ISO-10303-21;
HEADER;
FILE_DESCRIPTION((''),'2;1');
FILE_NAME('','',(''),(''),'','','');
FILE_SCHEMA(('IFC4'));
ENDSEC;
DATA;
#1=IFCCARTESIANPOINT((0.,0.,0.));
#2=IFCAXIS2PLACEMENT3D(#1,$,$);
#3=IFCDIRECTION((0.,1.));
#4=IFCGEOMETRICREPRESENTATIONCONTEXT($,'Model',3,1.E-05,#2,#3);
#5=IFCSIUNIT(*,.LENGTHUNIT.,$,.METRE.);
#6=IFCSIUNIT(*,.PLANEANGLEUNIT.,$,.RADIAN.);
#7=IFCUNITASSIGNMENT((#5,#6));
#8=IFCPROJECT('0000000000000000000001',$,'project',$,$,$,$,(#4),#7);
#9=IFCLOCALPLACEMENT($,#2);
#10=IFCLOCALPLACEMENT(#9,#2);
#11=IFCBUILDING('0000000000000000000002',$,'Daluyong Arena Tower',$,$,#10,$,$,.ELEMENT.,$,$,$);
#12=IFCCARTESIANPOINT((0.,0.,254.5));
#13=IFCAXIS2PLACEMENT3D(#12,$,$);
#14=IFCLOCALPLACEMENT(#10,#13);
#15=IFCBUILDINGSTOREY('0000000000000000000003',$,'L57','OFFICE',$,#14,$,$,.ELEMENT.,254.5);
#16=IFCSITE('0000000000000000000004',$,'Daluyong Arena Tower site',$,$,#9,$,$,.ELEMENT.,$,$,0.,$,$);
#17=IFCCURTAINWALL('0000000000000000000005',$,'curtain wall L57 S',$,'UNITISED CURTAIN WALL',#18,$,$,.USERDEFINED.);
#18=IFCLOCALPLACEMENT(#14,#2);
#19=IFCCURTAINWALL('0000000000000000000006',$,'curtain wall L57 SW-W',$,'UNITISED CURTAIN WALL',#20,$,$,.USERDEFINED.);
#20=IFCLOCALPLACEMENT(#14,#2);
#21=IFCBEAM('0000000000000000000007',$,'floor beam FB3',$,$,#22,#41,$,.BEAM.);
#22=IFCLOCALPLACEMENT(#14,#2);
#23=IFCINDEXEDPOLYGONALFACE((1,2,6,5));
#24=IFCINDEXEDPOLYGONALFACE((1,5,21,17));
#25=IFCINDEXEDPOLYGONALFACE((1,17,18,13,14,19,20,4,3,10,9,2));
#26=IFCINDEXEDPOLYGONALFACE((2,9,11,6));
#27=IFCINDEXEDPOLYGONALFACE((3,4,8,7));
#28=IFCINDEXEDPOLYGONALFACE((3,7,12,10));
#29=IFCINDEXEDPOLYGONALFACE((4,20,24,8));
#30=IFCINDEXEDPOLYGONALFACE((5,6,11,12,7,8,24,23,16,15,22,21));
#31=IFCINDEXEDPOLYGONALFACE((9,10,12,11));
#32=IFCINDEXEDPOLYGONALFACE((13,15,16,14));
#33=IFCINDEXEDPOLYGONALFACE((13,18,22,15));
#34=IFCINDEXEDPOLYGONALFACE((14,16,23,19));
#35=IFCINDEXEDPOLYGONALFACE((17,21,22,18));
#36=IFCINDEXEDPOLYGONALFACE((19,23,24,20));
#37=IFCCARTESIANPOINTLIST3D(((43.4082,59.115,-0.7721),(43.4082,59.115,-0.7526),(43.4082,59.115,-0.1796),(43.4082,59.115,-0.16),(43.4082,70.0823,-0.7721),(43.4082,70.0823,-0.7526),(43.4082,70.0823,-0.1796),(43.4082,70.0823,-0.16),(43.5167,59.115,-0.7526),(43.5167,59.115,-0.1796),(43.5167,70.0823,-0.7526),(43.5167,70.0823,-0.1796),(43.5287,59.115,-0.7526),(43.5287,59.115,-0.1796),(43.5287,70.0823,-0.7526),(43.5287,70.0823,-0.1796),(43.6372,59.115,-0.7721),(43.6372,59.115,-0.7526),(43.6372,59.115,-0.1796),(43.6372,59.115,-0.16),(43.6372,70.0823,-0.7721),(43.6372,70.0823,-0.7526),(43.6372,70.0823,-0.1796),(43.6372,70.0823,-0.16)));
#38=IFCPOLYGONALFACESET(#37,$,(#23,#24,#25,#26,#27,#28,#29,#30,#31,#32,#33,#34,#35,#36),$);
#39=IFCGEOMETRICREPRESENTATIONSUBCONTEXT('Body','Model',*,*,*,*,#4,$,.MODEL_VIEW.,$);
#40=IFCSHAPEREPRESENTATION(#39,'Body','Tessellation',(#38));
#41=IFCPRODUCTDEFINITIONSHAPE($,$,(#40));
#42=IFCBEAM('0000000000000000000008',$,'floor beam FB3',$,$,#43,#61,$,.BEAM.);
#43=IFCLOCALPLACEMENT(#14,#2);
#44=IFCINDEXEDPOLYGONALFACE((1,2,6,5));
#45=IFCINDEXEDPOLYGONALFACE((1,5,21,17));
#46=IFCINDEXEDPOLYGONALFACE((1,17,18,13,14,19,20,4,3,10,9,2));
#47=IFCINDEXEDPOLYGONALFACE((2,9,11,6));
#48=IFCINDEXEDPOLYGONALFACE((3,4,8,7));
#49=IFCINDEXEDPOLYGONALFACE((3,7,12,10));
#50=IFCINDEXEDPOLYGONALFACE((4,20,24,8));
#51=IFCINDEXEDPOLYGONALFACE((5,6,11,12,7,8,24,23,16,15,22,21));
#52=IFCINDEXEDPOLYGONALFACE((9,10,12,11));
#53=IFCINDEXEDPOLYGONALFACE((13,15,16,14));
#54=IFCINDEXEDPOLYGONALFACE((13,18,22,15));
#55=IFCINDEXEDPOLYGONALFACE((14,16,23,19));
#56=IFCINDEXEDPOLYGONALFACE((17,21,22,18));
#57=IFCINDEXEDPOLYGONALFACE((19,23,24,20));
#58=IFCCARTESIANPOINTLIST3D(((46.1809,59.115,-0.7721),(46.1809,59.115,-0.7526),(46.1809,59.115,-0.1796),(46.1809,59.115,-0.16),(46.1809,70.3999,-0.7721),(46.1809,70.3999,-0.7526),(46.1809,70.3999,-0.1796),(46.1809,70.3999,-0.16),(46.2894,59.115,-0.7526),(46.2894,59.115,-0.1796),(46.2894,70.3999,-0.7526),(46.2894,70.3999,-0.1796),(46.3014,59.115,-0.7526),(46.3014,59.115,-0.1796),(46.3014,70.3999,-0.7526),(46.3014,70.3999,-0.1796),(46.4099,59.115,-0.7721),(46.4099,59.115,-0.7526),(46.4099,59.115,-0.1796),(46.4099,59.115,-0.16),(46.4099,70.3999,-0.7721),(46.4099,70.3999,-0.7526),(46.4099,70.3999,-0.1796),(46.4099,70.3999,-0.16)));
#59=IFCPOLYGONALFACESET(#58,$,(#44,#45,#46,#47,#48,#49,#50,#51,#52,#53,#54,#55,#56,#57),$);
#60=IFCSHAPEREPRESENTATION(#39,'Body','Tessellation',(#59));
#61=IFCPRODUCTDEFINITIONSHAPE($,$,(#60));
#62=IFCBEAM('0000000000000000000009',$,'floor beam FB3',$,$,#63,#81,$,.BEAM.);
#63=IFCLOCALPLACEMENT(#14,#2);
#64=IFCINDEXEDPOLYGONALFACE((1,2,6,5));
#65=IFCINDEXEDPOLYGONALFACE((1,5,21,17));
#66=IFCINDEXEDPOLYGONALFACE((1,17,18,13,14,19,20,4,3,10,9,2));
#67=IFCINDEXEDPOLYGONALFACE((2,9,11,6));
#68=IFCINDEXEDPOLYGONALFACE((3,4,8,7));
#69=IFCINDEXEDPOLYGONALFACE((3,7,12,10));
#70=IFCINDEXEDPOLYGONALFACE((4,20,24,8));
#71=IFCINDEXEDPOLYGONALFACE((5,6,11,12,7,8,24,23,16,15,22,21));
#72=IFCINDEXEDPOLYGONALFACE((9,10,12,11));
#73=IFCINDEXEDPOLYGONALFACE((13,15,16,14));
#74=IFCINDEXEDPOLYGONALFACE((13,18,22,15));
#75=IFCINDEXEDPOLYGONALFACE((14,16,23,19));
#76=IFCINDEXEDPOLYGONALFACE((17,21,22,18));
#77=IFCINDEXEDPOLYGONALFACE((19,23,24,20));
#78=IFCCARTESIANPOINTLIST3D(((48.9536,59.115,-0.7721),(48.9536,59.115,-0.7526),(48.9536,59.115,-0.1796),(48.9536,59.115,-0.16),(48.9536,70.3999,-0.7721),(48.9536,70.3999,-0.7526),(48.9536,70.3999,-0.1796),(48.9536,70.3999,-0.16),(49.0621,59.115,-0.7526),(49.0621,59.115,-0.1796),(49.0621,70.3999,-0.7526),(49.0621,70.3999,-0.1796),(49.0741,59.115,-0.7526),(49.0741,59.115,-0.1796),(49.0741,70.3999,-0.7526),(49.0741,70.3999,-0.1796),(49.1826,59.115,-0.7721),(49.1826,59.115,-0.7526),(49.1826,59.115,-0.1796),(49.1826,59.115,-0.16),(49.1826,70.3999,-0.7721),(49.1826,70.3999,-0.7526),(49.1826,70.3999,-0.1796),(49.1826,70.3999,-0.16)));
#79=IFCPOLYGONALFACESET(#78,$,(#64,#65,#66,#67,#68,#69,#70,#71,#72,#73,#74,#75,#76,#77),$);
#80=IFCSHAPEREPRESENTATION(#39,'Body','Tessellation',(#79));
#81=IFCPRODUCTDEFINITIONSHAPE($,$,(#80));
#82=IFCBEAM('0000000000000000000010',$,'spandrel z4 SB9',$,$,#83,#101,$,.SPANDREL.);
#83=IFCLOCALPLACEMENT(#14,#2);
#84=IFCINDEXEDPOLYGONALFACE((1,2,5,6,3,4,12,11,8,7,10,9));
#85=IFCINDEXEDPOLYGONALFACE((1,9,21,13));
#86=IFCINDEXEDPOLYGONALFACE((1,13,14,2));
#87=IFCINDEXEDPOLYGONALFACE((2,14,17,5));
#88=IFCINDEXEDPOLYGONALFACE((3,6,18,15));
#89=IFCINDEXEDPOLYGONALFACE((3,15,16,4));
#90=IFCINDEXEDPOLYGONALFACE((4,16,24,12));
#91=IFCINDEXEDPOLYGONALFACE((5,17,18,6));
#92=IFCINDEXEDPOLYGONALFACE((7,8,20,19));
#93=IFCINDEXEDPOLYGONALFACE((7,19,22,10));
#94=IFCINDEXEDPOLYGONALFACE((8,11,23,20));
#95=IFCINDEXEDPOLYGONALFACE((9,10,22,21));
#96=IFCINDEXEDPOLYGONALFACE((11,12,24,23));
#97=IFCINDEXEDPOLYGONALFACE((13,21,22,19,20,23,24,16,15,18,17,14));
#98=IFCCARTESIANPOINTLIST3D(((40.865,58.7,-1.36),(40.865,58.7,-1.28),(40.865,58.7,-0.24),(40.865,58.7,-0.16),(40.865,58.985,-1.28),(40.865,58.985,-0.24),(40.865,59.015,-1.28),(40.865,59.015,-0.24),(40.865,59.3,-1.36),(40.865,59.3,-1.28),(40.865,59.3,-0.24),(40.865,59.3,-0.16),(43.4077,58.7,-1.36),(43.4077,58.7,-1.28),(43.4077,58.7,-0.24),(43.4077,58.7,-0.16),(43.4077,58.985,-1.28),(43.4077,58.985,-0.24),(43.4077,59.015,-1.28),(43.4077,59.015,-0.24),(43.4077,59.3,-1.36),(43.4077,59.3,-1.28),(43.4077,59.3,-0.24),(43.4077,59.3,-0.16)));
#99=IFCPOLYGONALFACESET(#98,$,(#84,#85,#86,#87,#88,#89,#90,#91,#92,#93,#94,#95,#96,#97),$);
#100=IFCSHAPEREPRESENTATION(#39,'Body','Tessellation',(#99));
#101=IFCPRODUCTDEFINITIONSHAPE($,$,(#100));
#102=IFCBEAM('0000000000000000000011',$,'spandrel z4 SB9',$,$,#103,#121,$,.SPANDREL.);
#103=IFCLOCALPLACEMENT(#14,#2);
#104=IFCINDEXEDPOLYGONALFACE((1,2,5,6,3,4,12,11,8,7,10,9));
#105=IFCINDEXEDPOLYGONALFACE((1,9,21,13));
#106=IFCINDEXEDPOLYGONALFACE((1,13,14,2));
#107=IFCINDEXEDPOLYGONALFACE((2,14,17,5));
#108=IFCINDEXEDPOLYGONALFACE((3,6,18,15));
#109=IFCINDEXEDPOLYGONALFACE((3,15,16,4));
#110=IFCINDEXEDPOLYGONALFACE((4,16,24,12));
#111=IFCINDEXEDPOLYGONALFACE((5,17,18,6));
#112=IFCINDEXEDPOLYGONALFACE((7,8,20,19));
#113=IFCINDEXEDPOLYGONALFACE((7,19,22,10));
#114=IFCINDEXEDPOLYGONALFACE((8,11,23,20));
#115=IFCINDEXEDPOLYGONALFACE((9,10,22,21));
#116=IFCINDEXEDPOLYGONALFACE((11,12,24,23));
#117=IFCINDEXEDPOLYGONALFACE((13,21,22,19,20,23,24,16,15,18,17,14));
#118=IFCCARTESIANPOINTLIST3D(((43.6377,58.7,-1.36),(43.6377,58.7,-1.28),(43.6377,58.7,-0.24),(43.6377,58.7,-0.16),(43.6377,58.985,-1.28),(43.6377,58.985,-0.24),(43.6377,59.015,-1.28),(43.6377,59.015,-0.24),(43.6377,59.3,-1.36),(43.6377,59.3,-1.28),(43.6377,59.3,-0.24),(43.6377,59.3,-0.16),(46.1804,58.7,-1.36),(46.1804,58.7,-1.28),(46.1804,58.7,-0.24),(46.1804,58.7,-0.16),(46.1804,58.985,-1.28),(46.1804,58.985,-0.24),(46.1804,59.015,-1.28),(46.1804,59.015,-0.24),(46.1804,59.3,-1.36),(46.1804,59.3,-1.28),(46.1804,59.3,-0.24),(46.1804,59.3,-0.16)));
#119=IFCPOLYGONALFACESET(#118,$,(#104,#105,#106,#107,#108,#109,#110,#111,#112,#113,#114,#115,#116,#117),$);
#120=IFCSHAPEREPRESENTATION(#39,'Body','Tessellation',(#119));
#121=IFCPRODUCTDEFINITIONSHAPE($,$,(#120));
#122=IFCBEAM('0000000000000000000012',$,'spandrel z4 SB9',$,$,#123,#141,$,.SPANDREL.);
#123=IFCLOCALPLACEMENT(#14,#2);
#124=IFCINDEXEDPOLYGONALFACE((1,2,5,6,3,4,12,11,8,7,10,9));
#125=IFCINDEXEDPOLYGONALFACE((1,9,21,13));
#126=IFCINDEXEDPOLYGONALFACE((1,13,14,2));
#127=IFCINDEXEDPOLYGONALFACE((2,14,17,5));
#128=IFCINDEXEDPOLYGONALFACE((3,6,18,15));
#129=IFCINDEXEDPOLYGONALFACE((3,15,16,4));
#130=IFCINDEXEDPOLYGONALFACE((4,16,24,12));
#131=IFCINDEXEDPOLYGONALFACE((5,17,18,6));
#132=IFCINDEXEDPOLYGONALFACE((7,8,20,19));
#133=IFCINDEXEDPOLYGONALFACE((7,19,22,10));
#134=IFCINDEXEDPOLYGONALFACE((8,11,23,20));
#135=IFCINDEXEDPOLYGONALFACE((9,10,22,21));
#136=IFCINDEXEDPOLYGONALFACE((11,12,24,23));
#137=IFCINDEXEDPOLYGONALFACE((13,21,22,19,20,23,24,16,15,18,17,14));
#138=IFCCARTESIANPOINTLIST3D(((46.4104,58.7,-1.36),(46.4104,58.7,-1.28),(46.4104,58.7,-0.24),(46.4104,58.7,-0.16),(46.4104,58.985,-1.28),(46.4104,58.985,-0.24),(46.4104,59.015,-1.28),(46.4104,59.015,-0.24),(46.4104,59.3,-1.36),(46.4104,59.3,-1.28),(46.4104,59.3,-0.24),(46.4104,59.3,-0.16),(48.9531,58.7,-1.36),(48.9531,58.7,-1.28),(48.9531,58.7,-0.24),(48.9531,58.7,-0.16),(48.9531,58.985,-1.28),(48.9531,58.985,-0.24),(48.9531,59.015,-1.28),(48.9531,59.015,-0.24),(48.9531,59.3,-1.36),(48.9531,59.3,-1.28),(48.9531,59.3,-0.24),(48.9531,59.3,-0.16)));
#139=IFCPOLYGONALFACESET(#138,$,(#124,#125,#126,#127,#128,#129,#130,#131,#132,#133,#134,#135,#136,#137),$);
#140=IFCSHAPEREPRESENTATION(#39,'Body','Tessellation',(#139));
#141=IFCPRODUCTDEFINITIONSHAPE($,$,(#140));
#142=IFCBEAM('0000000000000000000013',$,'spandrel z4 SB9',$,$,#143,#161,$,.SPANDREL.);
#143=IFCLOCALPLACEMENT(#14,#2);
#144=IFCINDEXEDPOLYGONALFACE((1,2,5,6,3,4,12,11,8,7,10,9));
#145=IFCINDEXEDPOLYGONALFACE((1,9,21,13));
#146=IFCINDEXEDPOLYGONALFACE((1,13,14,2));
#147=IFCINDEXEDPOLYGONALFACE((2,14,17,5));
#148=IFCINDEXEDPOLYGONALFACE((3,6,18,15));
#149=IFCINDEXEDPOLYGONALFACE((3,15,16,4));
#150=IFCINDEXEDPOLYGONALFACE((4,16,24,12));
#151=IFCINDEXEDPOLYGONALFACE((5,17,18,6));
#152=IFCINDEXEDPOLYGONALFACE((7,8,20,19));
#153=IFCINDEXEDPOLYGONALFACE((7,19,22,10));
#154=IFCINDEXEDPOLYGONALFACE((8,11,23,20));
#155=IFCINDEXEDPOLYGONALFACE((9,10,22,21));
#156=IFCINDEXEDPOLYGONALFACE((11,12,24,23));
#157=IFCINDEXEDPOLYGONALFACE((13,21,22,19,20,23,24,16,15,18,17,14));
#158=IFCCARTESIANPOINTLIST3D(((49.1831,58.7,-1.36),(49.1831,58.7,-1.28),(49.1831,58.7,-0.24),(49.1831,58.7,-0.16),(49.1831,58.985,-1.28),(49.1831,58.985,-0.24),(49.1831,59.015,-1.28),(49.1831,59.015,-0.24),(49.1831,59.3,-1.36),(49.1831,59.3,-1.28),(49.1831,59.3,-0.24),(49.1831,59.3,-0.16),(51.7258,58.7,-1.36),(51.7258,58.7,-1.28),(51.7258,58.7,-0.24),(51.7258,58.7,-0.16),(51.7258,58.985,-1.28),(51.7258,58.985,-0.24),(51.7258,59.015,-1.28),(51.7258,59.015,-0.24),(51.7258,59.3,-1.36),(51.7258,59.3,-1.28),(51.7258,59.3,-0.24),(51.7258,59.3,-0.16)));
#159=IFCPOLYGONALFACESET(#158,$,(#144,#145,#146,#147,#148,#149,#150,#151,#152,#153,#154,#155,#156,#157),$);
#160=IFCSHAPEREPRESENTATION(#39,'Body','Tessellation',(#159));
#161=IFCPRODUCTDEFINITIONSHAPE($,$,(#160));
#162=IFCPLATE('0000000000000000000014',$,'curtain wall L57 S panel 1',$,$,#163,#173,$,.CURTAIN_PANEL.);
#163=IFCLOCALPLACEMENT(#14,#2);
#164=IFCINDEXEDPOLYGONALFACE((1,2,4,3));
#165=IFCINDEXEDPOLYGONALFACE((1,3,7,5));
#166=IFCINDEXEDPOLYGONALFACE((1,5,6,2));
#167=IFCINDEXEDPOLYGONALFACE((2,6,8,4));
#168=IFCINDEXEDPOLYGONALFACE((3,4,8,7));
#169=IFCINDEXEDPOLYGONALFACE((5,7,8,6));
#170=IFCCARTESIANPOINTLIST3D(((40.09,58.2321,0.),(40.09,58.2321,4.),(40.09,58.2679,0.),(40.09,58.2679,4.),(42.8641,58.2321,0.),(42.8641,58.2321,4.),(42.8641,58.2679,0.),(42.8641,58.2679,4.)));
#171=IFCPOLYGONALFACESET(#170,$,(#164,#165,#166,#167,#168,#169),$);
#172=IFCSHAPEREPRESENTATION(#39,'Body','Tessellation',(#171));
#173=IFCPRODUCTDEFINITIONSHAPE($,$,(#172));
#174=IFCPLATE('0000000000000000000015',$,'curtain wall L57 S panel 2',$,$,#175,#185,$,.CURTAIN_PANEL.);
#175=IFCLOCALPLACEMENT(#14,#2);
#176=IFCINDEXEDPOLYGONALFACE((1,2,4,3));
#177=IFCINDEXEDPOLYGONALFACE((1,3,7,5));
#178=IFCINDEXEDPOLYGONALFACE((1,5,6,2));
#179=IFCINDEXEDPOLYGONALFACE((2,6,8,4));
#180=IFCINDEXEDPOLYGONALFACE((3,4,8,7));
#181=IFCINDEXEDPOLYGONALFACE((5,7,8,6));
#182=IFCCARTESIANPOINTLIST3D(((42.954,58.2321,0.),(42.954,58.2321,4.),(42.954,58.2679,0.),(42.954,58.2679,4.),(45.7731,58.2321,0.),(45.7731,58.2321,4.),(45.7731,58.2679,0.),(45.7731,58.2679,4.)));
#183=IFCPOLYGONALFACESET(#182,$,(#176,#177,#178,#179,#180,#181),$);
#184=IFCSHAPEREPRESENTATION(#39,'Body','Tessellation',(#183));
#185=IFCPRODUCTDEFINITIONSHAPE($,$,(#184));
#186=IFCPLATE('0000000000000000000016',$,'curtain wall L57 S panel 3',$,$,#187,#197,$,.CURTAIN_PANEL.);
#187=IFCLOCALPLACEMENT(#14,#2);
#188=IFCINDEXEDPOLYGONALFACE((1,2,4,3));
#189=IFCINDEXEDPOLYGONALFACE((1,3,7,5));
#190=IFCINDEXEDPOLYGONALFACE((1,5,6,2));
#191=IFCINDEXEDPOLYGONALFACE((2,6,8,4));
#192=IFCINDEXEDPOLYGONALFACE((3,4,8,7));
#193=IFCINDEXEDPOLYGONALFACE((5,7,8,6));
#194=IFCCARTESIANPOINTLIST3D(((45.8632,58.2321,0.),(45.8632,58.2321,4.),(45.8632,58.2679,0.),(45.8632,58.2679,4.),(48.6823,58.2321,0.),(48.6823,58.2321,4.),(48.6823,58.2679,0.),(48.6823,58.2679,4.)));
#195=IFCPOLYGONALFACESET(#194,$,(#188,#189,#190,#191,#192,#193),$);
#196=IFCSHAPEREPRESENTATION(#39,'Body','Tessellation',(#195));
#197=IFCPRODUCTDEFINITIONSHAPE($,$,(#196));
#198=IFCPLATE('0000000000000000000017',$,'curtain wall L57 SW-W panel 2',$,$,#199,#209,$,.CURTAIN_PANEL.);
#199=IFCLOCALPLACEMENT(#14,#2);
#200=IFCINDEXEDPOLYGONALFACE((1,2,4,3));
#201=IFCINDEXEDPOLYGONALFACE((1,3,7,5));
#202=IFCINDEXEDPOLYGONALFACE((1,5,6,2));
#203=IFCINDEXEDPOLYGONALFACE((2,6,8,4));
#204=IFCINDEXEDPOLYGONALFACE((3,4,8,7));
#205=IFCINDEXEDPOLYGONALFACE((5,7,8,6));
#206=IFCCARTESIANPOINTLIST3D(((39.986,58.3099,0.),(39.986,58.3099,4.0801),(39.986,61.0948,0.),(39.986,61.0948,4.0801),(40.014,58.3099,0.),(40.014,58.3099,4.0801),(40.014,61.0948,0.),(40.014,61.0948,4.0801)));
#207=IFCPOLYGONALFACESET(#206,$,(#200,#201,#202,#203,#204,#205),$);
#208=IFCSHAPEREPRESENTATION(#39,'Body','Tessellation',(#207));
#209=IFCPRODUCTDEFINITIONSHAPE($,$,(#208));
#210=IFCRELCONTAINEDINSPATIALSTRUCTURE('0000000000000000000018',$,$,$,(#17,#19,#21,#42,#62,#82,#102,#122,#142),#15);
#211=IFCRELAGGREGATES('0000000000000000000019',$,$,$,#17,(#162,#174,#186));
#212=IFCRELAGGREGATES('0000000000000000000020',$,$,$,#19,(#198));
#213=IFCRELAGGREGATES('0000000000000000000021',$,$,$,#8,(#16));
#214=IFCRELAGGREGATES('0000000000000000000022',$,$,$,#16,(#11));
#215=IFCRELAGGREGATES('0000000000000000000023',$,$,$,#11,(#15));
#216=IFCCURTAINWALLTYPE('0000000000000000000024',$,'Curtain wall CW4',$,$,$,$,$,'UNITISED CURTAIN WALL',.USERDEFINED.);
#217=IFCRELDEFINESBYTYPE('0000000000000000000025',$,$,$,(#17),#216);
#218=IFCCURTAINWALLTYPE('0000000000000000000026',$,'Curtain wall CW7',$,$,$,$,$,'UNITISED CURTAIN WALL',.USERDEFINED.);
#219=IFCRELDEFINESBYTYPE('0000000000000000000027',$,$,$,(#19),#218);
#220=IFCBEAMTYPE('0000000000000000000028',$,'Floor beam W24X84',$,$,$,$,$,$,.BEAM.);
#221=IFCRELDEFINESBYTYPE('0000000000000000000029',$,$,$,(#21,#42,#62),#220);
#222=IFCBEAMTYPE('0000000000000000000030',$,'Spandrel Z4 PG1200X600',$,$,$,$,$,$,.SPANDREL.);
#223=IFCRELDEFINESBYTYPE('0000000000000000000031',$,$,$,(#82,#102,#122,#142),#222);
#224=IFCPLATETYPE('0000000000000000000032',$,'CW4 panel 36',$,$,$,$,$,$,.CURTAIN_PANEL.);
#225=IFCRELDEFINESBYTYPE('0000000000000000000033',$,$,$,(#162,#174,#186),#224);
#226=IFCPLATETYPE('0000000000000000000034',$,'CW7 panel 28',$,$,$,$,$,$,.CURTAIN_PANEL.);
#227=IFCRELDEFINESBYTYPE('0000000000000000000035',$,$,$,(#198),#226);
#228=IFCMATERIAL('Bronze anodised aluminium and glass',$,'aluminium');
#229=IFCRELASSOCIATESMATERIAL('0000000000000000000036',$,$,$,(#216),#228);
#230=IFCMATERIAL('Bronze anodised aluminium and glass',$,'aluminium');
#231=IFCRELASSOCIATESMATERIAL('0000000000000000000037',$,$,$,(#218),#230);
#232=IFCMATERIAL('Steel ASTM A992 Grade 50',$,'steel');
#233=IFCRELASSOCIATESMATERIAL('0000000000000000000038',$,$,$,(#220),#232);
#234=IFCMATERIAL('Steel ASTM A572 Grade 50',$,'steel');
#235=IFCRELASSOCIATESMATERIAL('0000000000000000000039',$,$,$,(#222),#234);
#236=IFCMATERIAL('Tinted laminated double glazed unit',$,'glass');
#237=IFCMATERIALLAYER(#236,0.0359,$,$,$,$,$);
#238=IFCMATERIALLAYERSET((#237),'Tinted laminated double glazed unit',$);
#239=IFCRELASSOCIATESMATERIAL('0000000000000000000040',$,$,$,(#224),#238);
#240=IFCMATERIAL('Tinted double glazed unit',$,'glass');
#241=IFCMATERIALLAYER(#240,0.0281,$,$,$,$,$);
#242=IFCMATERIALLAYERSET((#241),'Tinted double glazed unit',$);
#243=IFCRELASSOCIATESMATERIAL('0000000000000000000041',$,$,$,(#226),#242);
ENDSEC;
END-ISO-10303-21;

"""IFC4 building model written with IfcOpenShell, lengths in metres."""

from ifc_helpers import new_model, si_unit, direction, frame, origin, origin_2d, place, context, subcontext, project, spatial, rectangle, i_section, extrude, material, layer, layer_set, material_profile, profile_set, type_object, element, aggregate, save


model = new_model("IFC4")

# Units and contexts
model_context = context("Model", 3, precision=1e-05, world=origin(), true_north=direction((0.0, 1.0)))
body_context = subcontext(model_context, "Body", "Model", "MODEL_VIEW")
ifc_project = project(units=[si_unit("LENGTHUNIT", "METRE"), si_unit("PLANEANGLEUNIT", "RADIAN")], contexts=[model_context])

# Site, building, storey
site_placement = place(None, origin())
site = spatial("IfcSite", under=ifc_project, at=site_placement, Name="Daluyong Arena Tower site", CompositionType="ELEMENT", RefElevation=0.0)
building_placement = place(site_placement, origin())
building = spatial("IfcBuilding", under=site, at=building_placement, Name="Daluyong Arena Tower", CompositionType="ELEMENT")
storey_placement = place(building_placement, frame((0.0, 0.0, 254.5)))
storey = spatial("IfcBuildingStorey", under=building, at=storey_placement, Name="L57", Description="OFFICE", CompositionType="ELEMENT", Elevation=254.5)

# Curtain wall
ifc_material_1 = material(Name="Bronze anodised aluminium and glass", Category="aluminium")
curtain_wall_type_1 = type_object("IfcCurtainWallType", Name="Curtain wall CW4", ElementType="UNITISED CURTAIN WALL", PredefinedType="USERDEFINED", material=ifc_material_1)
curtain_wall_1_placement = place(storey_placement, origin())
curtain_wall_1 = element("IfcCurtainWall", 1, at=curtain_wall_1_placement, inside=storey, type_object=curtain_wall_type_1, Name="curtain wall L57 S", ObjectType="UNITISED CURTAIN WALL", PredefinedType="USERDEFINED")

# Curtain wall
ifc_material_2 = material(Name="Bronze anodised aluminium and glass", Category="aluminium")
curtain_wall_type_2 = type_object("IfcCurtainWallType", Name="Curtain wall CW7", ElementType="UNITISED CURTAIN WALL", PredefinedType="USERDEFINED", material=ifc_material_2)
curtain_wall_2_placement = place(storey_placement, origin())
curtain_wall_2 = element("IfcCurtainWall", 2, at=curtain_wall_2_placement, inside=storey, type_object=curtain_wall_type_2, Name="curtain wall L57 SW-W", ObjectType="UNITISED CURTAIN WALL", PredefinedType="USERDEFINED")

# Beams
ifc_material_3 = material(Name="Steel ASTM A992 Grade 50", Category="steel")
ifc_material_profile_1 = material_profile(ifc_material_3, i_section(OverallWidth=0.229, OverallDepth=0.6121, WebThickness=0.012, FlangeThickness=0.0195, at=origin_2d()))
ifc_profile_set_1 = profile_set([ifc_material_profile_1], Name="Steel ASTM A992 Grade 50")
beam_type_1 = type_object("IfcBeamType", Name="Floor beam W24X84", PredefinedType="BEAM", material=ifc_profile_set_1)
beam_placement = place(storey_placement, frame((43.5227, 59.115, -0.4661), z_axis=(0.0, 1.0, 0.0), x_axis=(-1.0, 0.0, 0.0)))
element("IfcBeam", 3, at=beam_placement, inside=storey, type_object=beam_type_1, Name="floor beam FB3", PredefinedType="BEAM", context=body_context, shape_type="SweptSolid", body=[
    extrude(i_section(OverallWidth=0.229, OverallDepth=0.6121, WebThickness=0.012, FlangeThickness=0.0195, at=origin_2d()), origin(), (0.0, 0.0, 1.0), 10.9673),
])
for number, where, z_axis, x_axis, name in (
    (4, (46.2954, 59.115, -0.4661), (0.0, 1.0, 0.0), (-1.0, 0.0, 0.0), "floor beam FB3"),
    (5, (49.0681, 59.115, -0.4661), (0.0, 1.0, 0.0), (-1.0, 0.0, 0.0), "floor beam FB3"),
):
    element("IfcBeam", number, at=place(storey_placement, frame(where, z_axis=z_axis, x_axis=x_axis)), inside=storey, type_object=beam_type_1, Name=name, PredefinedType="BEAM", context=body_context, shape_type="SweptSolid", body=[
        extrude(i_section(OverallWidth=0.229, OverallDepth=0.6121, WebThickness=0.012, FlangeThickness=0.0195, at=origin_2d()), origin(), (0.0, 0.0, 1.0), 11.2849),
    ])
ifc_material_4 = material(Name="Steel ASTM A572 Grade 50", Category="steel")
ifc_material_profile_2 = material_profile(ifc_material_4, i_section(OverallWidth=0.6001, OverallDepth=1.2, WebThickness=0.03, FlangeThickness=0.08, at=origin_2d()))
ifc_profile_set_2 = profile_set([ifc_material_profile_2], Name="Steel ASTM A572 Grade 50")
beam_type_2 = type_object("IfcBeamType", Name="Spandrel Z4 PG1200X600", PredefinedType="SPANDREL", material=ifc_profile_set_2)
for number, where, z_axis, x_axis, name in (
    (6, (40.865, 59.0, -0.76), (1.0, 0.0, 0.0), (0.0, 1.0, 0.0), "spandrel z4 SB9"),
    (7, (43.6377, 59.0, -0.76), (1.0, 0.0, 0.0), (0.0, 1.0, 0.0), "spandrel z4 SB9"),
    (8, (46.4104, 59.0, -0.76), (1.0, 0.0, 0.0), (0.0, 1.0, 0.0), "spandrel z4 SB9"),
    (9, (49.1831, 59.0, -0.76), (1.0, 0.0, 0.0), (0.0, 1.0, 0.0), "spandrel z4 SB9"),
):
    element("IfcBeam", number, at=place(storey_placement, frame(where, z_axis=z_axis, x_axis=x_axis)), inside=storey, type_object=beam_type_2, Name=name, PredefinedType="SPANDREL", context=body_context, shape_type="SweptSolid", body=[
        extrude(i_section(OverallWidth=0.6001, OverallDepth=1.2, WebThickness=0.03, FlangeThickness=0.08, at=origin_2d()), origin(), (0.0, 0.0, 1.0), 2.5427),
    ])

# Plates
ifc_material_5 = material(Name="Tinted laminated double glazed unit", Category="glass")
ifc_layer_1 = layer(ifc_material_5, 0.0359)
ifc_layer_set_1 = layer_set([ifc_layer_1], Name="Tinted laminated double glazed unit")
plate_type_1 = type_object("IfcPlateType", Name="CW4 panel 36", PredefinedType="CURTAIN_PANEL", material=ifc_layer_set_1)
plate_1_placement = place(storey_placement, frame((41.4771, 58.25, 0.0), z_axis=(0.0, 0.0, 1.0), x_axis=(1.0, 0.0, 0.0)))
plate_1 = element("IfcPlate", 10, at=plate_1_placement, type_object=plate_type_1, Name="curtain wall L57 S panel 1", PredefinedType="CURTAIN_PANEL", context=body_context, shape_type="SweptSolid", body=[
    extrude(rectangle(XDim=2.7742, YDim=0.0359, at=origin_2d()), origin(), (0.0, 0.0, 1.0), 4.0),
])
plate_2_placement = place(storey_placement, frame((44.3635, 58.25, 0.0), z_axis=(0.0, 0.0, 1.0), x_axis=(1.0, 0.0, 0.0)))
plate_2 = element("IfcPlate", 11, at=plate_2_placement, type_object=plate_type_1, Name="curtain wall L57 S panel 2", PredefinedType="CURTAIN_PANEL", context=body_context, shape_type="SweptSolid", body=[
    extrude(rectangle(XDim=2.8191, YDim=0.0359, at=origin_2d()), origin(), (0.0, 0.0, 1.0), 4.0),
])
plate_3_placement = place(storey_placement, frame((47.2727, 58.25, 0.0), z_axis=(0.0, 0.0, 1.0), x_axis=(1.0, 0.0, 0.0)))
plate_3 = element("IfcPlate", 12, at=plate_3_placement, type_object=plate_type_1, Name="curtain wall L57 S panel 3", PredefinedType="CURTAIN_PANEL", context=body_context, shape_type="SweptSolid", body=[
    extrude(rectangle(XDim=2.8191, YDim=0.0359, at=origin_2d()), origin(), (0.0, 0.0, 1.0), 4.0),
])
aggregate(curtain_wall_1, [plate_1, plate_2, plate_3])
ifc_material_6 = material(Name="Tinted double glazed unit", Category="glass")
ifc_layer_2 = layer(ifc_material_6, 0.0281)
ifc_layer_set_2 = layer_set([ifc_layer_2], Name="Tinted double glazed unit")
plate_type_2 = type_object("IfcPlateType", Name="CW7 panel 28", PredefinedType="CURTAIN_PANEL", material=ifc_layer_set_2)
plate_4_placement = place(storey_placement, frame((40.0, 59.7024, 0.0), z_axis=(0.0, 0.0, 1.0), x_axis=(0.0, -1.0, 0.0)))
plate_4 = element("IfcPlate", 13, at=plate_4_placement, type_object=plate_type_2, Name="curtain wall L57 SW-W panel 2", PredefinedType="CURTAIN_PANEL", context=body_context, shape_type="SweptSolid", body=[
    extrude(rectangle(XDim=2.7849, YDim=0.0281, at=origin_2d()), origin(), (0.0, 0.0, 1.0), 4.0801),
])
aggregate(curtain_wall_2, [plate_4])

save(model, "model.ifc")
